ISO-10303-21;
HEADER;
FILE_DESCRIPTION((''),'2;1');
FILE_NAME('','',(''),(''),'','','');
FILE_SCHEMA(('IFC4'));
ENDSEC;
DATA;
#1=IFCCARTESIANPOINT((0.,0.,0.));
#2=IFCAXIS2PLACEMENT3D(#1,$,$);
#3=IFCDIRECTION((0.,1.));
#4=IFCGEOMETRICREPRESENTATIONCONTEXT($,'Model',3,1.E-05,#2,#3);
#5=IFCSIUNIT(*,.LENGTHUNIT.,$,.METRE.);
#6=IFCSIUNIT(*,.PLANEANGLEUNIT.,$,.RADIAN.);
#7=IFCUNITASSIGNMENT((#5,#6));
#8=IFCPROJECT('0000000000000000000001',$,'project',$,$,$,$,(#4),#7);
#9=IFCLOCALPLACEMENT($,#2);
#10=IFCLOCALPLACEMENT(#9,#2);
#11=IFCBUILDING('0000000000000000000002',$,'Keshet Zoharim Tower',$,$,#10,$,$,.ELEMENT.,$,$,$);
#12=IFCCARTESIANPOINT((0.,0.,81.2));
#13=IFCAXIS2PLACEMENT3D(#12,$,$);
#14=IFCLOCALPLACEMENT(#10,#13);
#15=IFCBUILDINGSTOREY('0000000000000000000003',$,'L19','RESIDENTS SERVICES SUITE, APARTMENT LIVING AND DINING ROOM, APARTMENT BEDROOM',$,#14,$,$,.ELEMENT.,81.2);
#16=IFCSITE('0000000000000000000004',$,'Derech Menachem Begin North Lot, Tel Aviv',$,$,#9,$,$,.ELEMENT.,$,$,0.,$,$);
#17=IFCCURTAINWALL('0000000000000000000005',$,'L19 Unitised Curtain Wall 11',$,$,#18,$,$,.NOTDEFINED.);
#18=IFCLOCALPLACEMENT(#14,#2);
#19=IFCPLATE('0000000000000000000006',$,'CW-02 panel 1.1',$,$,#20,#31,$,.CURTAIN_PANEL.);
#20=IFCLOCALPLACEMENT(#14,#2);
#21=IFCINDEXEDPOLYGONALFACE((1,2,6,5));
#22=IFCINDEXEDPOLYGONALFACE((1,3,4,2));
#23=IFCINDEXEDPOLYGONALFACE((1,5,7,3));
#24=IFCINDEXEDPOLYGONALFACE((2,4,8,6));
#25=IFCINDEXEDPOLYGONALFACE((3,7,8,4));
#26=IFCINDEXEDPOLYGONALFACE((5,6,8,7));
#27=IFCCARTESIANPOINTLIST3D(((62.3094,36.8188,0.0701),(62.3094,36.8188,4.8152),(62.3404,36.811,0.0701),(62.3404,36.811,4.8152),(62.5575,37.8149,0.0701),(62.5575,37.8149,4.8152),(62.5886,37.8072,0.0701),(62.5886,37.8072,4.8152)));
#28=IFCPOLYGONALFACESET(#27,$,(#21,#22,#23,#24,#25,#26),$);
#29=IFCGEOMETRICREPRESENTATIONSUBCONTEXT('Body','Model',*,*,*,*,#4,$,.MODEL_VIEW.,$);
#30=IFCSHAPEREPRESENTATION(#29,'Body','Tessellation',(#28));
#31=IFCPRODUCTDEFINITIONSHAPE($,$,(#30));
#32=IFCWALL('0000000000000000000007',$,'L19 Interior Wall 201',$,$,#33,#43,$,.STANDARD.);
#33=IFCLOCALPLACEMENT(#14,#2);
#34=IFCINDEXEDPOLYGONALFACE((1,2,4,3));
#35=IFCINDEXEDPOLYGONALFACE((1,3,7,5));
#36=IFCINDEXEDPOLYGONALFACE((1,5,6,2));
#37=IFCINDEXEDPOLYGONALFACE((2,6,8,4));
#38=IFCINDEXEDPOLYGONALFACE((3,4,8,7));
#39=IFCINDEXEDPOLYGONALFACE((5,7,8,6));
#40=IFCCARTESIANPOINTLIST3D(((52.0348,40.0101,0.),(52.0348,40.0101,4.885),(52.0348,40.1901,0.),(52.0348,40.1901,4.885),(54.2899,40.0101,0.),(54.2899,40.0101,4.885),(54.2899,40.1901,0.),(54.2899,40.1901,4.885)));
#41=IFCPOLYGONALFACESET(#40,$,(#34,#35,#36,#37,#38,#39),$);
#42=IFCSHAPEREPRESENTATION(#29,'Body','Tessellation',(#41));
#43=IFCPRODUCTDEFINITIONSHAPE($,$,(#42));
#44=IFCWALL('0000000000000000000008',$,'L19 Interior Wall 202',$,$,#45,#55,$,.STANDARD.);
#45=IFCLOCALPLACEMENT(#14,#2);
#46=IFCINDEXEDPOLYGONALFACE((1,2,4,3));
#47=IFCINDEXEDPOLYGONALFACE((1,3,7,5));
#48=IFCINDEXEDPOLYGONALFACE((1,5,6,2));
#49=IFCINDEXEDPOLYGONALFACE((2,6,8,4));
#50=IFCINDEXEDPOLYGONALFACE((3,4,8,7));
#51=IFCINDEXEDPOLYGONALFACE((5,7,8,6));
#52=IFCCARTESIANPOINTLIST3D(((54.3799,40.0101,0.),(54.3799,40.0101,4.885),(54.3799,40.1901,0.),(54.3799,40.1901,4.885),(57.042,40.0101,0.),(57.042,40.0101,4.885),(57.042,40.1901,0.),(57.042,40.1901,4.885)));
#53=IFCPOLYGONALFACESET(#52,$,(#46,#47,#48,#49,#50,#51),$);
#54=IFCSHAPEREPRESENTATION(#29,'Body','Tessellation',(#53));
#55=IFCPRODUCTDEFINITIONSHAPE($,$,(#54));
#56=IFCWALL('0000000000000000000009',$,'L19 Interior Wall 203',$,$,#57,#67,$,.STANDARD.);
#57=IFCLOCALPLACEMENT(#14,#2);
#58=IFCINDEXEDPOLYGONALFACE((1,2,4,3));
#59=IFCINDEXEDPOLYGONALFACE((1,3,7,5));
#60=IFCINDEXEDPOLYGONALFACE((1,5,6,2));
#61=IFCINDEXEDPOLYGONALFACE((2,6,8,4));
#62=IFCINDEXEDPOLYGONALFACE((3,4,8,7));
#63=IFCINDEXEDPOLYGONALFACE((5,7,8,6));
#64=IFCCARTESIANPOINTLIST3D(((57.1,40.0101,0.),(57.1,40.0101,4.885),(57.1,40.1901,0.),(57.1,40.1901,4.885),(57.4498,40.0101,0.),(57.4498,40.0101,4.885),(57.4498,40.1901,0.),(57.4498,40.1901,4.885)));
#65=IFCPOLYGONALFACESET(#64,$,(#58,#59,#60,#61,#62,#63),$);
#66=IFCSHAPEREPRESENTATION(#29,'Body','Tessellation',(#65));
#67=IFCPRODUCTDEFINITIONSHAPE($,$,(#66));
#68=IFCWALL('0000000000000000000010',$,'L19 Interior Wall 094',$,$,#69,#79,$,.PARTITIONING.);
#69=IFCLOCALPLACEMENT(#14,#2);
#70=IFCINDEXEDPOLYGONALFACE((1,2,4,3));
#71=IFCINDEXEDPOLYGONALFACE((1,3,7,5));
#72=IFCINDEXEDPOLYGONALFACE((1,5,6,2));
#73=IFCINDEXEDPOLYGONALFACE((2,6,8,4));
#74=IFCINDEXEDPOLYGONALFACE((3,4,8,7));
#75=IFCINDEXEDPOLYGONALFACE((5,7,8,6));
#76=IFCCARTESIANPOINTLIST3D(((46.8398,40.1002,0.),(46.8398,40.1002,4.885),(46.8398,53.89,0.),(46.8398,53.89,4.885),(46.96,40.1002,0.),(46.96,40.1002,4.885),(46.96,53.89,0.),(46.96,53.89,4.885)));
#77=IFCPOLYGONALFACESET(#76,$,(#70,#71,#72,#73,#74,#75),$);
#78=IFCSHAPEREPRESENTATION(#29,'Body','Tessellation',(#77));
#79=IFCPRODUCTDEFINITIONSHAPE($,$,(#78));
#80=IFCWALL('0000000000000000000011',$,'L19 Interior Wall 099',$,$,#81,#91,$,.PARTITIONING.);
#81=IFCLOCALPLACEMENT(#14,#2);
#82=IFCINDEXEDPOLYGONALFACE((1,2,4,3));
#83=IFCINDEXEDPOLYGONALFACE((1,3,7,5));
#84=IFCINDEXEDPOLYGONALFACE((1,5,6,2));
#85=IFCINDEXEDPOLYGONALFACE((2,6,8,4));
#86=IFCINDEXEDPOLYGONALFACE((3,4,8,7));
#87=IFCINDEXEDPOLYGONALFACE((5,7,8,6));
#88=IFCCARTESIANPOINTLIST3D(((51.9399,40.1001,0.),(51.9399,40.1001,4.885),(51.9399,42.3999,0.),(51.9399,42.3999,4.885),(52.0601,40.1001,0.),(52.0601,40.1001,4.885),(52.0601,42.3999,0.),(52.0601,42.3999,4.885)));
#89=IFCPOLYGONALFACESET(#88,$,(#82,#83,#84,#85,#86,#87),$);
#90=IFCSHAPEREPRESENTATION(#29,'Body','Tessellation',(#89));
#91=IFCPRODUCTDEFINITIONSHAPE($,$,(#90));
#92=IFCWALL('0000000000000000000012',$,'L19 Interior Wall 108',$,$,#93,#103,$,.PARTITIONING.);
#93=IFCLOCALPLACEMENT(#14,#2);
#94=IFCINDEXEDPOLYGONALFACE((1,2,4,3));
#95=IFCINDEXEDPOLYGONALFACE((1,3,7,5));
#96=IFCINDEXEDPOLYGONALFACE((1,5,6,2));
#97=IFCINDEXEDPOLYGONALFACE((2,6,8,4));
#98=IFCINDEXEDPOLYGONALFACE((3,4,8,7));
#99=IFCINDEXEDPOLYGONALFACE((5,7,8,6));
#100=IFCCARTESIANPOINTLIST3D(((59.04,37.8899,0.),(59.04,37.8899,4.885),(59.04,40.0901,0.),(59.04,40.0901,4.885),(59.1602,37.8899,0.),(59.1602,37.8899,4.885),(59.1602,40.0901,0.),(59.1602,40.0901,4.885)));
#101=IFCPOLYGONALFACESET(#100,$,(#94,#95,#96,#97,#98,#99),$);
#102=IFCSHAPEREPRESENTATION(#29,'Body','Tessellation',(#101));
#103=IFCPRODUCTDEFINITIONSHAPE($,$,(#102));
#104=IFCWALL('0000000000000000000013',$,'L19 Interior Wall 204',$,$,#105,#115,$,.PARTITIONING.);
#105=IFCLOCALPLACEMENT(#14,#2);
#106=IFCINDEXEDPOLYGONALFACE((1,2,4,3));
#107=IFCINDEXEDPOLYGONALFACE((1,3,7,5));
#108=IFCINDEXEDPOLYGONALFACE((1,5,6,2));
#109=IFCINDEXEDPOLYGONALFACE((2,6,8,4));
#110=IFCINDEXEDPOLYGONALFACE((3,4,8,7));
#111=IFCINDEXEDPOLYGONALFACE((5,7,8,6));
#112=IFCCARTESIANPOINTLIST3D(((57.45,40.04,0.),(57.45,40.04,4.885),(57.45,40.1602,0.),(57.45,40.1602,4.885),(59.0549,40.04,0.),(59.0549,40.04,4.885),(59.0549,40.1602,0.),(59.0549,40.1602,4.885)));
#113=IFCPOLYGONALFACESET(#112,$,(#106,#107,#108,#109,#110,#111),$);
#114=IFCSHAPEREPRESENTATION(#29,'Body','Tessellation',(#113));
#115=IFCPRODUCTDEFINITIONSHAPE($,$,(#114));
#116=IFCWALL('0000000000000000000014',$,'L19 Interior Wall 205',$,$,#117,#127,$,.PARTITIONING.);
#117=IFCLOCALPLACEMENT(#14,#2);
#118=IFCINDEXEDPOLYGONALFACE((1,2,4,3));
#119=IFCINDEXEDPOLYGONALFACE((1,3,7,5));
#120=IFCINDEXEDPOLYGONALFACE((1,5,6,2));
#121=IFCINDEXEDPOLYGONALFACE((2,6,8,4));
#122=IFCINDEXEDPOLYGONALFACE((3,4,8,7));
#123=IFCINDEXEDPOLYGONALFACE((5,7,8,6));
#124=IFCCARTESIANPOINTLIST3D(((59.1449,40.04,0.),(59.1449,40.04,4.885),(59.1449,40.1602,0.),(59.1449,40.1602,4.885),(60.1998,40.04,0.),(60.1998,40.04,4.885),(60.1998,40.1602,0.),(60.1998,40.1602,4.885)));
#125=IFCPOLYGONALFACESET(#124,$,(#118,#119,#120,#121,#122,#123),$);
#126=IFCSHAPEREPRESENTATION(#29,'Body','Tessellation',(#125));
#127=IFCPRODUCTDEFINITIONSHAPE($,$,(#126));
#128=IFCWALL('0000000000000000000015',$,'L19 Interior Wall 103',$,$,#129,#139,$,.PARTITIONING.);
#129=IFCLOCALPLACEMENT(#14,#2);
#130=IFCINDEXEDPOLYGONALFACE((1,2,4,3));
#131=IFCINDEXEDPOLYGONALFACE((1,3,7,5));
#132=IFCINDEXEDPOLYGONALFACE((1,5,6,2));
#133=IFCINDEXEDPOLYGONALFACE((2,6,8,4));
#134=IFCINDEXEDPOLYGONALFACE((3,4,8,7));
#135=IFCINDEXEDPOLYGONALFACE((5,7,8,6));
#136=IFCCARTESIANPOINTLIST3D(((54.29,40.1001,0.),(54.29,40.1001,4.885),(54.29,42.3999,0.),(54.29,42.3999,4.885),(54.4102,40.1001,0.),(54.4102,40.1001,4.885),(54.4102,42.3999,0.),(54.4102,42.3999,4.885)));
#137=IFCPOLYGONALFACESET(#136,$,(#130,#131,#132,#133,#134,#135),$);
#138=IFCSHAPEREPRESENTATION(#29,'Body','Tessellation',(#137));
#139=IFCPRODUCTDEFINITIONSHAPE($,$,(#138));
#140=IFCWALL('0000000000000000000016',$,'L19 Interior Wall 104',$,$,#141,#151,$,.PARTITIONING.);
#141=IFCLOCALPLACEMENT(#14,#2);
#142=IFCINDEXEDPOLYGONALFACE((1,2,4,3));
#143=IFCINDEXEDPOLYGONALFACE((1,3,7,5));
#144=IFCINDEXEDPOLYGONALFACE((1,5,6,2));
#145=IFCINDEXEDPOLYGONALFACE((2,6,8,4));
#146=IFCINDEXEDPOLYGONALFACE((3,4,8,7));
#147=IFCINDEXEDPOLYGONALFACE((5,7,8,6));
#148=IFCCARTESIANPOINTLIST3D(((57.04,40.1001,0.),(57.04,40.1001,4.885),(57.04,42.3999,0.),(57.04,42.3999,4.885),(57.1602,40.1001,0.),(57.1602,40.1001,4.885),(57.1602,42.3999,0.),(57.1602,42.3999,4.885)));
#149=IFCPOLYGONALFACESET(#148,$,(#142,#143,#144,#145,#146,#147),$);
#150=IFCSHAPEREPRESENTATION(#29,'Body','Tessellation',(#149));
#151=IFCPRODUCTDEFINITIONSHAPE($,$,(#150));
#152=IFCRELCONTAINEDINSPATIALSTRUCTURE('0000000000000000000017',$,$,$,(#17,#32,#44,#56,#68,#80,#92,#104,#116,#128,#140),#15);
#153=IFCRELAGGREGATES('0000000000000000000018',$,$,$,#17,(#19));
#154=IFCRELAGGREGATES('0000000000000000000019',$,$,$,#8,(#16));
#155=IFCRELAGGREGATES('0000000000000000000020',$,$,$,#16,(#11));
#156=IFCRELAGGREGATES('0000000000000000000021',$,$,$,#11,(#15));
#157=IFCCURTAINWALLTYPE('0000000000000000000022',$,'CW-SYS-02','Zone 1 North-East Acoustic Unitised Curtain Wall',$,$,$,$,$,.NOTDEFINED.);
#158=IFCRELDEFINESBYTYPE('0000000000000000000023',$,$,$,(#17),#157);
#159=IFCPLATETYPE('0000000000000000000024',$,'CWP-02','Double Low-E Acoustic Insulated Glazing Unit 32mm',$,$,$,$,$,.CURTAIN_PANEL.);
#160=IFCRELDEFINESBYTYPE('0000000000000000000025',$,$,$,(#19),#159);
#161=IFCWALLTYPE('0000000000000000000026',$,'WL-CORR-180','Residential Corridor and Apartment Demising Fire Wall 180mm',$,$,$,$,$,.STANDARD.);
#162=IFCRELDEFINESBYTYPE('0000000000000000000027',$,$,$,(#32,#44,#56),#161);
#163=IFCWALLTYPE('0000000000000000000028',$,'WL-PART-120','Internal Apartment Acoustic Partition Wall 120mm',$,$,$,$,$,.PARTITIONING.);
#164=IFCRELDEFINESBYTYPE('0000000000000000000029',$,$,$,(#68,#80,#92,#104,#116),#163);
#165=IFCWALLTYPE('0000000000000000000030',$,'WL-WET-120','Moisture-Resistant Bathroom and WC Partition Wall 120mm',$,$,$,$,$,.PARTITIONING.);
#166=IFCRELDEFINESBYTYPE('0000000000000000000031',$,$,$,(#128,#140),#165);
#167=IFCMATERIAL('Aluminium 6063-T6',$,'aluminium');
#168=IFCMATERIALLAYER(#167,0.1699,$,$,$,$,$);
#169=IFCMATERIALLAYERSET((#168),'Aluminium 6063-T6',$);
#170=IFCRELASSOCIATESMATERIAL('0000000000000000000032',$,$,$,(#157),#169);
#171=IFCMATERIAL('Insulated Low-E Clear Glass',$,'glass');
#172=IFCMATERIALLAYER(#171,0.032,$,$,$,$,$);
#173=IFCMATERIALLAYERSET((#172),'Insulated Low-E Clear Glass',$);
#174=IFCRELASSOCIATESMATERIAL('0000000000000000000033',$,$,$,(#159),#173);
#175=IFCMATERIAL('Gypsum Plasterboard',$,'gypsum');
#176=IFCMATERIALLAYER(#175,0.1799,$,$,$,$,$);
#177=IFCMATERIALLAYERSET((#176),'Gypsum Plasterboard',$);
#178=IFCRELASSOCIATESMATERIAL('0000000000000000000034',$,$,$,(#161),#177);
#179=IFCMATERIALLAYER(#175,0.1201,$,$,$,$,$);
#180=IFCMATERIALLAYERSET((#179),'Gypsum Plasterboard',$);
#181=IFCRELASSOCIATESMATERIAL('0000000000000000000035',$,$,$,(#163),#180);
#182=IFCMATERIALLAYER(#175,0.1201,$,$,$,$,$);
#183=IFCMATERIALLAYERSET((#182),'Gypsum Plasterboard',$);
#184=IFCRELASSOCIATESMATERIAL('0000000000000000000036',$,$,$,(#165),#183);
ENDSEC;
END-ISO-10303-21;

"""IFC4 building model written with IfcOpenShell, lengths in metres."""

from ifc_helpers import new_model, si_unit, direction, frame, frame_2d, origin, origin_2d, place, context, subcontext, project, spatial, rectangle, extrude, material, layer, layer_set, type_object, element, aggregate, save


model = new_model("IFC4")

# Units and contexts
model_context = context("Model", 3, precision=1e-05, world=origin(), true_north=direction((0.0, 1.0)))
body_context = subcontext(model_context, "Body", "Model", "MODEL_VIEW")
ifc_project = project(units=[si_unit("LENGTHUNIT", "METRE"), si_unit("PLANEANGLEUNIT", "RADIAN")], contexts=[model_context])

# Site, building, storey
site_placement = place(None, origin())
site = spatial("IfcSite", under=ifc_project, at=site_placement, Name="Derech Menachem Begin North Lot, Tel Aviv", CompositionType="ELEMENT", RefElevation=0.0)
building_placement = place(site_placement, origin())
building = spatial("IfcBuilding", under=site, at=building_placement, Name="Keshet Zoharim Tower", CompositionType="ELEMENT")
storey_placement = place(building_placement, frame((0.0, 0.0, 81.2)))
storey = spatial("IfcBuildingStorey", under=building, at=storey_placement, Name="L19", Description="RESIDENTS SERVICES SUITE, APARTMENT LIVING AND DINING ROOM, APARTMENT BEDROOM", CompositionType="ELEMENT", Elevation=81.2)

# Shared definitions
ifc_material_1 = material(Name="Aluminium 6063-T6", Category="aluminium")
ifc_layer_1 = layer(ifc_material_1, 0.1699)
ifc_layer_set_1 = layer_set([ifc_layer_1], Name="Aluminium 6063-T6")
curtain_wall_type_1 = type_object("IfcCurtainWallType", Name="CW-SYS-02", Description="Zone 1 North-East Acoustic Unitised Curtain Wall", PredefinedType="NOTDEFINED", material=ifc_layer_set_1)

# Curtain wall
curtain_wall_1_placement = place(storey_placement, origin())
curtain_wall_1 = element("IfcCurtainWall", 1, at=curtain_wall_1_placement, inside=storey, type_object=curtain_wall_type_1, Name="L19 Unitised Curtain Wall 11", PredefinedType="NOTDEFINED")

# Plate
ifc_material_2 = material(Name="Insulated Low-E Clear Glass", Category="glass")
ifc_layer_2 = layer(ifc_material_2, 0.032)
ifc_layer_set_2 = layer_set([ifc_layer_2], Name="Insulated Low-E Clear Glass")
plate_type = type_object("IfcPlateType", Name="CWP-02", Description="Double Low-E Acoustic Insulated Glazing Unit 32mm", PredefinedType="CURTAIN_PANEL", material=ifc_layer_set_2)
plate_1_placement = place(storey_placement, frame((62.449, 37.313, 0.0701), z_axis=(0.0, 0.0, 1.0), x_axis=(-0.241729, -0.970344, 0.0)))
plate_1 = element("IfcPlate", 2, at=plate_1_placement, type_object=plate_type, Name="CW-02 panel 1.1", PredefinedType="CURTAIN_PANEL", context=body_context, shape_type="SweptSolid", body=[
    extrude(rectangle(XDim=1.0266, YDim=0.032, at=origin_2d()), origin(), (0.0, 0.0, 1.0), 4.7451),
])
aggregate(curtain_wall_1, [plate_1])

# Walls
ifc_material_3 = material(Name="Gypsum Plasterboard", Category="gypsum")
ifc_layer_3 = layer(ifc_material_3, 0.1799)
ifc_layer_set_3 = layer_set([ifc_layer_3], Name="Gypsum Plasterboard")
wall_type_1 = type_object("IfcWallType", Name="WL-CORR-180", Description="Residential Corridor and Apartment Demising Fire Wall 180mm", PredefinedType="STANDARD", material=ifc_layer_set_3)
wall_1_placement = place(storey_placement, frame((52.0349, 40.1001, 0.0), z_axis=(0.0, 0.0, 1.0), x_axis=(1.0, 0.0, 0.0)))
element("IfcWall", 3, at=wall_1_placement, inside=storey, type_object=wall_type_1, Name="L19 Interior Wall 201", PredefinedType="STANDARD", context=body_context, shape_type="SweptSolid", body=[
    extrude(rectangle(XDim=2.2551, YDim=0.1799, at=frame_2d((1.1274, 0.0))), origin(), (0.0, 0.0, 1.0), 4.885),
])
wall_2_placement = place(storey_placement, frame((54.3799, 40.1001, 0.0), z_axis=(0.0, 0.0, 1.0), x_axis=(1.0, 0.0, 0.0)))
element("IfcWall", 4, at=wall_2_placement, inside=storey, type_object=wall_type_1, Name="L19 Interior Wall 202", PredefinedType="STANDARD", context=body_context, shape_type="SweptSolid", body=[
    extrude(rectangle(XDim=2.6621, YDim=0.1799, at=frame_2d((1.3311, 0.0))), origin(), (0.0, 0.0, 1.0), 4.885),
])
wall_3_placement = place(storey_placement, frame((57.1001, 40.1001, 0.0), z_axis=(0.0, 0.0, 1.0), x_axis=(1.0, 0.0, 0.0)))
element("IfcWall", 5, at=wall_3_placement, inside=storey, type_object=wall_type_1, Name="L19 Interior Wall 203", PredefinedType="STANDARD", context=body_context, shape_type="SweptSolid", body=[
    extrude(rectangle(XDim=0.3499, YDim=0.1799, at=frame_2d((0.1748, 0.0))), origin(), (0.0, 0.0, 1.0), 4.885),
])
ifc_layer_4 = layer(ifc_material_3, 0.1201)
ifc_layer_set_4 = layer_set([ifc_layer_4], Name="Gypsum Plasterboard")
wall_type_2 = type_object("IfcWallType", Name="WL-PART-120", Description="Internal Apartment Acoustic Partition Wall 120mm", PredefinedType="PARTITIONING", material=ifc_layer_set_4)
wall_4_placement = place(storey_placement, frame((46.8999, 40.1001, 0.0), z_axis=(0.0, 0.0, 1.0), x_axis=(0.0, 1.0, 0.0)))
element("IfcWall", 6, at=wall_4_placement, inside=storey, type_object=wall_type_2, Name="L19 Interior Wall 094", PredefinedType="PARTITIONING", context=body_context, shape_type="SweptSolid", body=[
    extrude(rectangle(XDim=13.7898, YDim=0.1201, at=frame_2d((6.895, 0.0))), origin(), (0.0, 0.0, 1.0), 4.885),
])
wall_5_placement = place(storey_placement, frame((52.0, 40.1001, 0.0), z_axis=(0.0, 0.0, 1.0), x_axis=(0.0, 1.0, 0.0)))
element("IfcWall", 7, at=wall_5_placement, inside=storey, type_object=wall_type_2, Name="L19 Interior Wall 099", PredefinedType="PARTITIONING", context=body_context, shape_type="SweptSolid", body=[
    extrude(rectangle(XDim=2.2998, YDim=0.1201, at=frame_2d((1.1499, 0.0))), origin(), (0.0, 0.0, 1.0), 4.885),
])
wall_6_placement = place(storey_placement, frame((59.1001, 37.8899, 0.0), z_axis=(0.0, 0.0, 1.0), x_axis=(0.0, 1.0, 0.0)))
element("IfcWall", 8, at=wall_6_placement, inside=storey, type_object=wall_type_2, Name="L19 Interior Wall 108", PredefinedType="PARTITIONING", context=body_context, shape_type="SweptSolid", body=[
    extrude(rectangle(XDim=2.2002, YDim=0.1201, at=frame_2d((1.1001, 0.0))), origin(), (0.0, 0.0, 1.0), 4.885),
])
wall_7_placement = place(storey_placement, frame((57.45, 40.1001, 0.0), z_axis=(0.0, 0.0, 1.0), x_axis=(1.0, 0.0, 0.0)))
element("IfcWall", 9, at=wall_7_placement, inside=storey, type_object=wall_type_2, Name="L19 Interior Wall 204", PredefinedType="PARTITIONING", context=body_context, shape_type="SweptSolid", body=[
    extrude(rectangle(XDim=1.605, YDim=0.1201, at=frame_2d((0.8025, 0.0))), origin(), (0.0, 0.0, 1.0), 4.885),
])
wall_8_placement = place(storey_placement, frame((59.145, 40.1001, 0.0), z_axis=(0.0, 0.0, 1.0), x_axis=(1.0, 0.0, 0.0)))
element("IfcWall", 10, at=wall_8_placement, inside=storey, type_object=wall_type_2, Name="L19 Interior Wall 205", PredefinedType="PARTITIONING", context=body_context, shape_type="SweptSolid", body=[
    extrude(rectangle(XDim=1.0549, YDim=0.1201, at=frame_2d((0.5273, 0.0))), origin(), (0.0, 0.0, 1.0), 4.885),
])
ifc_layer_5 = layer(ifc_material_3, 0.1201)
ifc_layer_set_5 = layer_set([ifc_layer_5], Name="Gypsum Plasterboard")
wall_type_3 = type_object("IfcWallType", Name="WL-WET-120", Description="Moisture-Resistant Bathroom and WC Partition Wall 120mm", PredefinedType="PARTITIONING", material=ifc_layer_set_5)
for number, where, z_axis, x_axis, name in (
    (11, (54.3501, 40.1001, 0.0), (0.0, 0.0, 1.0), (0.0, 1.0, 0.0), "L19 Interior Wall 103"),
    (12, (57.1001, 40.1001, 0.0), (0.0, 0.0, 1.0), (0.0, 1.0, 0.0), "L19 Interior Wall 104"),
):
    element("IfcWall", number, at=place(storey_placement, frame(where, z_axis=z_axis, x_axis=x_axis)), inside=storey, type_object=wall_type_3, Name=name, PredefinedType="PARTITIONING", context=body_context, shape_type="SweptSolid", body=[
        extrude(rectangle(XDim=2.2998, YDim=0.1201, at=frame_2d((1.1499, 0.0))), origin(), (0.0, 0.0, 1.0), 4.885),
    ])

save(model, "model.ifc")
